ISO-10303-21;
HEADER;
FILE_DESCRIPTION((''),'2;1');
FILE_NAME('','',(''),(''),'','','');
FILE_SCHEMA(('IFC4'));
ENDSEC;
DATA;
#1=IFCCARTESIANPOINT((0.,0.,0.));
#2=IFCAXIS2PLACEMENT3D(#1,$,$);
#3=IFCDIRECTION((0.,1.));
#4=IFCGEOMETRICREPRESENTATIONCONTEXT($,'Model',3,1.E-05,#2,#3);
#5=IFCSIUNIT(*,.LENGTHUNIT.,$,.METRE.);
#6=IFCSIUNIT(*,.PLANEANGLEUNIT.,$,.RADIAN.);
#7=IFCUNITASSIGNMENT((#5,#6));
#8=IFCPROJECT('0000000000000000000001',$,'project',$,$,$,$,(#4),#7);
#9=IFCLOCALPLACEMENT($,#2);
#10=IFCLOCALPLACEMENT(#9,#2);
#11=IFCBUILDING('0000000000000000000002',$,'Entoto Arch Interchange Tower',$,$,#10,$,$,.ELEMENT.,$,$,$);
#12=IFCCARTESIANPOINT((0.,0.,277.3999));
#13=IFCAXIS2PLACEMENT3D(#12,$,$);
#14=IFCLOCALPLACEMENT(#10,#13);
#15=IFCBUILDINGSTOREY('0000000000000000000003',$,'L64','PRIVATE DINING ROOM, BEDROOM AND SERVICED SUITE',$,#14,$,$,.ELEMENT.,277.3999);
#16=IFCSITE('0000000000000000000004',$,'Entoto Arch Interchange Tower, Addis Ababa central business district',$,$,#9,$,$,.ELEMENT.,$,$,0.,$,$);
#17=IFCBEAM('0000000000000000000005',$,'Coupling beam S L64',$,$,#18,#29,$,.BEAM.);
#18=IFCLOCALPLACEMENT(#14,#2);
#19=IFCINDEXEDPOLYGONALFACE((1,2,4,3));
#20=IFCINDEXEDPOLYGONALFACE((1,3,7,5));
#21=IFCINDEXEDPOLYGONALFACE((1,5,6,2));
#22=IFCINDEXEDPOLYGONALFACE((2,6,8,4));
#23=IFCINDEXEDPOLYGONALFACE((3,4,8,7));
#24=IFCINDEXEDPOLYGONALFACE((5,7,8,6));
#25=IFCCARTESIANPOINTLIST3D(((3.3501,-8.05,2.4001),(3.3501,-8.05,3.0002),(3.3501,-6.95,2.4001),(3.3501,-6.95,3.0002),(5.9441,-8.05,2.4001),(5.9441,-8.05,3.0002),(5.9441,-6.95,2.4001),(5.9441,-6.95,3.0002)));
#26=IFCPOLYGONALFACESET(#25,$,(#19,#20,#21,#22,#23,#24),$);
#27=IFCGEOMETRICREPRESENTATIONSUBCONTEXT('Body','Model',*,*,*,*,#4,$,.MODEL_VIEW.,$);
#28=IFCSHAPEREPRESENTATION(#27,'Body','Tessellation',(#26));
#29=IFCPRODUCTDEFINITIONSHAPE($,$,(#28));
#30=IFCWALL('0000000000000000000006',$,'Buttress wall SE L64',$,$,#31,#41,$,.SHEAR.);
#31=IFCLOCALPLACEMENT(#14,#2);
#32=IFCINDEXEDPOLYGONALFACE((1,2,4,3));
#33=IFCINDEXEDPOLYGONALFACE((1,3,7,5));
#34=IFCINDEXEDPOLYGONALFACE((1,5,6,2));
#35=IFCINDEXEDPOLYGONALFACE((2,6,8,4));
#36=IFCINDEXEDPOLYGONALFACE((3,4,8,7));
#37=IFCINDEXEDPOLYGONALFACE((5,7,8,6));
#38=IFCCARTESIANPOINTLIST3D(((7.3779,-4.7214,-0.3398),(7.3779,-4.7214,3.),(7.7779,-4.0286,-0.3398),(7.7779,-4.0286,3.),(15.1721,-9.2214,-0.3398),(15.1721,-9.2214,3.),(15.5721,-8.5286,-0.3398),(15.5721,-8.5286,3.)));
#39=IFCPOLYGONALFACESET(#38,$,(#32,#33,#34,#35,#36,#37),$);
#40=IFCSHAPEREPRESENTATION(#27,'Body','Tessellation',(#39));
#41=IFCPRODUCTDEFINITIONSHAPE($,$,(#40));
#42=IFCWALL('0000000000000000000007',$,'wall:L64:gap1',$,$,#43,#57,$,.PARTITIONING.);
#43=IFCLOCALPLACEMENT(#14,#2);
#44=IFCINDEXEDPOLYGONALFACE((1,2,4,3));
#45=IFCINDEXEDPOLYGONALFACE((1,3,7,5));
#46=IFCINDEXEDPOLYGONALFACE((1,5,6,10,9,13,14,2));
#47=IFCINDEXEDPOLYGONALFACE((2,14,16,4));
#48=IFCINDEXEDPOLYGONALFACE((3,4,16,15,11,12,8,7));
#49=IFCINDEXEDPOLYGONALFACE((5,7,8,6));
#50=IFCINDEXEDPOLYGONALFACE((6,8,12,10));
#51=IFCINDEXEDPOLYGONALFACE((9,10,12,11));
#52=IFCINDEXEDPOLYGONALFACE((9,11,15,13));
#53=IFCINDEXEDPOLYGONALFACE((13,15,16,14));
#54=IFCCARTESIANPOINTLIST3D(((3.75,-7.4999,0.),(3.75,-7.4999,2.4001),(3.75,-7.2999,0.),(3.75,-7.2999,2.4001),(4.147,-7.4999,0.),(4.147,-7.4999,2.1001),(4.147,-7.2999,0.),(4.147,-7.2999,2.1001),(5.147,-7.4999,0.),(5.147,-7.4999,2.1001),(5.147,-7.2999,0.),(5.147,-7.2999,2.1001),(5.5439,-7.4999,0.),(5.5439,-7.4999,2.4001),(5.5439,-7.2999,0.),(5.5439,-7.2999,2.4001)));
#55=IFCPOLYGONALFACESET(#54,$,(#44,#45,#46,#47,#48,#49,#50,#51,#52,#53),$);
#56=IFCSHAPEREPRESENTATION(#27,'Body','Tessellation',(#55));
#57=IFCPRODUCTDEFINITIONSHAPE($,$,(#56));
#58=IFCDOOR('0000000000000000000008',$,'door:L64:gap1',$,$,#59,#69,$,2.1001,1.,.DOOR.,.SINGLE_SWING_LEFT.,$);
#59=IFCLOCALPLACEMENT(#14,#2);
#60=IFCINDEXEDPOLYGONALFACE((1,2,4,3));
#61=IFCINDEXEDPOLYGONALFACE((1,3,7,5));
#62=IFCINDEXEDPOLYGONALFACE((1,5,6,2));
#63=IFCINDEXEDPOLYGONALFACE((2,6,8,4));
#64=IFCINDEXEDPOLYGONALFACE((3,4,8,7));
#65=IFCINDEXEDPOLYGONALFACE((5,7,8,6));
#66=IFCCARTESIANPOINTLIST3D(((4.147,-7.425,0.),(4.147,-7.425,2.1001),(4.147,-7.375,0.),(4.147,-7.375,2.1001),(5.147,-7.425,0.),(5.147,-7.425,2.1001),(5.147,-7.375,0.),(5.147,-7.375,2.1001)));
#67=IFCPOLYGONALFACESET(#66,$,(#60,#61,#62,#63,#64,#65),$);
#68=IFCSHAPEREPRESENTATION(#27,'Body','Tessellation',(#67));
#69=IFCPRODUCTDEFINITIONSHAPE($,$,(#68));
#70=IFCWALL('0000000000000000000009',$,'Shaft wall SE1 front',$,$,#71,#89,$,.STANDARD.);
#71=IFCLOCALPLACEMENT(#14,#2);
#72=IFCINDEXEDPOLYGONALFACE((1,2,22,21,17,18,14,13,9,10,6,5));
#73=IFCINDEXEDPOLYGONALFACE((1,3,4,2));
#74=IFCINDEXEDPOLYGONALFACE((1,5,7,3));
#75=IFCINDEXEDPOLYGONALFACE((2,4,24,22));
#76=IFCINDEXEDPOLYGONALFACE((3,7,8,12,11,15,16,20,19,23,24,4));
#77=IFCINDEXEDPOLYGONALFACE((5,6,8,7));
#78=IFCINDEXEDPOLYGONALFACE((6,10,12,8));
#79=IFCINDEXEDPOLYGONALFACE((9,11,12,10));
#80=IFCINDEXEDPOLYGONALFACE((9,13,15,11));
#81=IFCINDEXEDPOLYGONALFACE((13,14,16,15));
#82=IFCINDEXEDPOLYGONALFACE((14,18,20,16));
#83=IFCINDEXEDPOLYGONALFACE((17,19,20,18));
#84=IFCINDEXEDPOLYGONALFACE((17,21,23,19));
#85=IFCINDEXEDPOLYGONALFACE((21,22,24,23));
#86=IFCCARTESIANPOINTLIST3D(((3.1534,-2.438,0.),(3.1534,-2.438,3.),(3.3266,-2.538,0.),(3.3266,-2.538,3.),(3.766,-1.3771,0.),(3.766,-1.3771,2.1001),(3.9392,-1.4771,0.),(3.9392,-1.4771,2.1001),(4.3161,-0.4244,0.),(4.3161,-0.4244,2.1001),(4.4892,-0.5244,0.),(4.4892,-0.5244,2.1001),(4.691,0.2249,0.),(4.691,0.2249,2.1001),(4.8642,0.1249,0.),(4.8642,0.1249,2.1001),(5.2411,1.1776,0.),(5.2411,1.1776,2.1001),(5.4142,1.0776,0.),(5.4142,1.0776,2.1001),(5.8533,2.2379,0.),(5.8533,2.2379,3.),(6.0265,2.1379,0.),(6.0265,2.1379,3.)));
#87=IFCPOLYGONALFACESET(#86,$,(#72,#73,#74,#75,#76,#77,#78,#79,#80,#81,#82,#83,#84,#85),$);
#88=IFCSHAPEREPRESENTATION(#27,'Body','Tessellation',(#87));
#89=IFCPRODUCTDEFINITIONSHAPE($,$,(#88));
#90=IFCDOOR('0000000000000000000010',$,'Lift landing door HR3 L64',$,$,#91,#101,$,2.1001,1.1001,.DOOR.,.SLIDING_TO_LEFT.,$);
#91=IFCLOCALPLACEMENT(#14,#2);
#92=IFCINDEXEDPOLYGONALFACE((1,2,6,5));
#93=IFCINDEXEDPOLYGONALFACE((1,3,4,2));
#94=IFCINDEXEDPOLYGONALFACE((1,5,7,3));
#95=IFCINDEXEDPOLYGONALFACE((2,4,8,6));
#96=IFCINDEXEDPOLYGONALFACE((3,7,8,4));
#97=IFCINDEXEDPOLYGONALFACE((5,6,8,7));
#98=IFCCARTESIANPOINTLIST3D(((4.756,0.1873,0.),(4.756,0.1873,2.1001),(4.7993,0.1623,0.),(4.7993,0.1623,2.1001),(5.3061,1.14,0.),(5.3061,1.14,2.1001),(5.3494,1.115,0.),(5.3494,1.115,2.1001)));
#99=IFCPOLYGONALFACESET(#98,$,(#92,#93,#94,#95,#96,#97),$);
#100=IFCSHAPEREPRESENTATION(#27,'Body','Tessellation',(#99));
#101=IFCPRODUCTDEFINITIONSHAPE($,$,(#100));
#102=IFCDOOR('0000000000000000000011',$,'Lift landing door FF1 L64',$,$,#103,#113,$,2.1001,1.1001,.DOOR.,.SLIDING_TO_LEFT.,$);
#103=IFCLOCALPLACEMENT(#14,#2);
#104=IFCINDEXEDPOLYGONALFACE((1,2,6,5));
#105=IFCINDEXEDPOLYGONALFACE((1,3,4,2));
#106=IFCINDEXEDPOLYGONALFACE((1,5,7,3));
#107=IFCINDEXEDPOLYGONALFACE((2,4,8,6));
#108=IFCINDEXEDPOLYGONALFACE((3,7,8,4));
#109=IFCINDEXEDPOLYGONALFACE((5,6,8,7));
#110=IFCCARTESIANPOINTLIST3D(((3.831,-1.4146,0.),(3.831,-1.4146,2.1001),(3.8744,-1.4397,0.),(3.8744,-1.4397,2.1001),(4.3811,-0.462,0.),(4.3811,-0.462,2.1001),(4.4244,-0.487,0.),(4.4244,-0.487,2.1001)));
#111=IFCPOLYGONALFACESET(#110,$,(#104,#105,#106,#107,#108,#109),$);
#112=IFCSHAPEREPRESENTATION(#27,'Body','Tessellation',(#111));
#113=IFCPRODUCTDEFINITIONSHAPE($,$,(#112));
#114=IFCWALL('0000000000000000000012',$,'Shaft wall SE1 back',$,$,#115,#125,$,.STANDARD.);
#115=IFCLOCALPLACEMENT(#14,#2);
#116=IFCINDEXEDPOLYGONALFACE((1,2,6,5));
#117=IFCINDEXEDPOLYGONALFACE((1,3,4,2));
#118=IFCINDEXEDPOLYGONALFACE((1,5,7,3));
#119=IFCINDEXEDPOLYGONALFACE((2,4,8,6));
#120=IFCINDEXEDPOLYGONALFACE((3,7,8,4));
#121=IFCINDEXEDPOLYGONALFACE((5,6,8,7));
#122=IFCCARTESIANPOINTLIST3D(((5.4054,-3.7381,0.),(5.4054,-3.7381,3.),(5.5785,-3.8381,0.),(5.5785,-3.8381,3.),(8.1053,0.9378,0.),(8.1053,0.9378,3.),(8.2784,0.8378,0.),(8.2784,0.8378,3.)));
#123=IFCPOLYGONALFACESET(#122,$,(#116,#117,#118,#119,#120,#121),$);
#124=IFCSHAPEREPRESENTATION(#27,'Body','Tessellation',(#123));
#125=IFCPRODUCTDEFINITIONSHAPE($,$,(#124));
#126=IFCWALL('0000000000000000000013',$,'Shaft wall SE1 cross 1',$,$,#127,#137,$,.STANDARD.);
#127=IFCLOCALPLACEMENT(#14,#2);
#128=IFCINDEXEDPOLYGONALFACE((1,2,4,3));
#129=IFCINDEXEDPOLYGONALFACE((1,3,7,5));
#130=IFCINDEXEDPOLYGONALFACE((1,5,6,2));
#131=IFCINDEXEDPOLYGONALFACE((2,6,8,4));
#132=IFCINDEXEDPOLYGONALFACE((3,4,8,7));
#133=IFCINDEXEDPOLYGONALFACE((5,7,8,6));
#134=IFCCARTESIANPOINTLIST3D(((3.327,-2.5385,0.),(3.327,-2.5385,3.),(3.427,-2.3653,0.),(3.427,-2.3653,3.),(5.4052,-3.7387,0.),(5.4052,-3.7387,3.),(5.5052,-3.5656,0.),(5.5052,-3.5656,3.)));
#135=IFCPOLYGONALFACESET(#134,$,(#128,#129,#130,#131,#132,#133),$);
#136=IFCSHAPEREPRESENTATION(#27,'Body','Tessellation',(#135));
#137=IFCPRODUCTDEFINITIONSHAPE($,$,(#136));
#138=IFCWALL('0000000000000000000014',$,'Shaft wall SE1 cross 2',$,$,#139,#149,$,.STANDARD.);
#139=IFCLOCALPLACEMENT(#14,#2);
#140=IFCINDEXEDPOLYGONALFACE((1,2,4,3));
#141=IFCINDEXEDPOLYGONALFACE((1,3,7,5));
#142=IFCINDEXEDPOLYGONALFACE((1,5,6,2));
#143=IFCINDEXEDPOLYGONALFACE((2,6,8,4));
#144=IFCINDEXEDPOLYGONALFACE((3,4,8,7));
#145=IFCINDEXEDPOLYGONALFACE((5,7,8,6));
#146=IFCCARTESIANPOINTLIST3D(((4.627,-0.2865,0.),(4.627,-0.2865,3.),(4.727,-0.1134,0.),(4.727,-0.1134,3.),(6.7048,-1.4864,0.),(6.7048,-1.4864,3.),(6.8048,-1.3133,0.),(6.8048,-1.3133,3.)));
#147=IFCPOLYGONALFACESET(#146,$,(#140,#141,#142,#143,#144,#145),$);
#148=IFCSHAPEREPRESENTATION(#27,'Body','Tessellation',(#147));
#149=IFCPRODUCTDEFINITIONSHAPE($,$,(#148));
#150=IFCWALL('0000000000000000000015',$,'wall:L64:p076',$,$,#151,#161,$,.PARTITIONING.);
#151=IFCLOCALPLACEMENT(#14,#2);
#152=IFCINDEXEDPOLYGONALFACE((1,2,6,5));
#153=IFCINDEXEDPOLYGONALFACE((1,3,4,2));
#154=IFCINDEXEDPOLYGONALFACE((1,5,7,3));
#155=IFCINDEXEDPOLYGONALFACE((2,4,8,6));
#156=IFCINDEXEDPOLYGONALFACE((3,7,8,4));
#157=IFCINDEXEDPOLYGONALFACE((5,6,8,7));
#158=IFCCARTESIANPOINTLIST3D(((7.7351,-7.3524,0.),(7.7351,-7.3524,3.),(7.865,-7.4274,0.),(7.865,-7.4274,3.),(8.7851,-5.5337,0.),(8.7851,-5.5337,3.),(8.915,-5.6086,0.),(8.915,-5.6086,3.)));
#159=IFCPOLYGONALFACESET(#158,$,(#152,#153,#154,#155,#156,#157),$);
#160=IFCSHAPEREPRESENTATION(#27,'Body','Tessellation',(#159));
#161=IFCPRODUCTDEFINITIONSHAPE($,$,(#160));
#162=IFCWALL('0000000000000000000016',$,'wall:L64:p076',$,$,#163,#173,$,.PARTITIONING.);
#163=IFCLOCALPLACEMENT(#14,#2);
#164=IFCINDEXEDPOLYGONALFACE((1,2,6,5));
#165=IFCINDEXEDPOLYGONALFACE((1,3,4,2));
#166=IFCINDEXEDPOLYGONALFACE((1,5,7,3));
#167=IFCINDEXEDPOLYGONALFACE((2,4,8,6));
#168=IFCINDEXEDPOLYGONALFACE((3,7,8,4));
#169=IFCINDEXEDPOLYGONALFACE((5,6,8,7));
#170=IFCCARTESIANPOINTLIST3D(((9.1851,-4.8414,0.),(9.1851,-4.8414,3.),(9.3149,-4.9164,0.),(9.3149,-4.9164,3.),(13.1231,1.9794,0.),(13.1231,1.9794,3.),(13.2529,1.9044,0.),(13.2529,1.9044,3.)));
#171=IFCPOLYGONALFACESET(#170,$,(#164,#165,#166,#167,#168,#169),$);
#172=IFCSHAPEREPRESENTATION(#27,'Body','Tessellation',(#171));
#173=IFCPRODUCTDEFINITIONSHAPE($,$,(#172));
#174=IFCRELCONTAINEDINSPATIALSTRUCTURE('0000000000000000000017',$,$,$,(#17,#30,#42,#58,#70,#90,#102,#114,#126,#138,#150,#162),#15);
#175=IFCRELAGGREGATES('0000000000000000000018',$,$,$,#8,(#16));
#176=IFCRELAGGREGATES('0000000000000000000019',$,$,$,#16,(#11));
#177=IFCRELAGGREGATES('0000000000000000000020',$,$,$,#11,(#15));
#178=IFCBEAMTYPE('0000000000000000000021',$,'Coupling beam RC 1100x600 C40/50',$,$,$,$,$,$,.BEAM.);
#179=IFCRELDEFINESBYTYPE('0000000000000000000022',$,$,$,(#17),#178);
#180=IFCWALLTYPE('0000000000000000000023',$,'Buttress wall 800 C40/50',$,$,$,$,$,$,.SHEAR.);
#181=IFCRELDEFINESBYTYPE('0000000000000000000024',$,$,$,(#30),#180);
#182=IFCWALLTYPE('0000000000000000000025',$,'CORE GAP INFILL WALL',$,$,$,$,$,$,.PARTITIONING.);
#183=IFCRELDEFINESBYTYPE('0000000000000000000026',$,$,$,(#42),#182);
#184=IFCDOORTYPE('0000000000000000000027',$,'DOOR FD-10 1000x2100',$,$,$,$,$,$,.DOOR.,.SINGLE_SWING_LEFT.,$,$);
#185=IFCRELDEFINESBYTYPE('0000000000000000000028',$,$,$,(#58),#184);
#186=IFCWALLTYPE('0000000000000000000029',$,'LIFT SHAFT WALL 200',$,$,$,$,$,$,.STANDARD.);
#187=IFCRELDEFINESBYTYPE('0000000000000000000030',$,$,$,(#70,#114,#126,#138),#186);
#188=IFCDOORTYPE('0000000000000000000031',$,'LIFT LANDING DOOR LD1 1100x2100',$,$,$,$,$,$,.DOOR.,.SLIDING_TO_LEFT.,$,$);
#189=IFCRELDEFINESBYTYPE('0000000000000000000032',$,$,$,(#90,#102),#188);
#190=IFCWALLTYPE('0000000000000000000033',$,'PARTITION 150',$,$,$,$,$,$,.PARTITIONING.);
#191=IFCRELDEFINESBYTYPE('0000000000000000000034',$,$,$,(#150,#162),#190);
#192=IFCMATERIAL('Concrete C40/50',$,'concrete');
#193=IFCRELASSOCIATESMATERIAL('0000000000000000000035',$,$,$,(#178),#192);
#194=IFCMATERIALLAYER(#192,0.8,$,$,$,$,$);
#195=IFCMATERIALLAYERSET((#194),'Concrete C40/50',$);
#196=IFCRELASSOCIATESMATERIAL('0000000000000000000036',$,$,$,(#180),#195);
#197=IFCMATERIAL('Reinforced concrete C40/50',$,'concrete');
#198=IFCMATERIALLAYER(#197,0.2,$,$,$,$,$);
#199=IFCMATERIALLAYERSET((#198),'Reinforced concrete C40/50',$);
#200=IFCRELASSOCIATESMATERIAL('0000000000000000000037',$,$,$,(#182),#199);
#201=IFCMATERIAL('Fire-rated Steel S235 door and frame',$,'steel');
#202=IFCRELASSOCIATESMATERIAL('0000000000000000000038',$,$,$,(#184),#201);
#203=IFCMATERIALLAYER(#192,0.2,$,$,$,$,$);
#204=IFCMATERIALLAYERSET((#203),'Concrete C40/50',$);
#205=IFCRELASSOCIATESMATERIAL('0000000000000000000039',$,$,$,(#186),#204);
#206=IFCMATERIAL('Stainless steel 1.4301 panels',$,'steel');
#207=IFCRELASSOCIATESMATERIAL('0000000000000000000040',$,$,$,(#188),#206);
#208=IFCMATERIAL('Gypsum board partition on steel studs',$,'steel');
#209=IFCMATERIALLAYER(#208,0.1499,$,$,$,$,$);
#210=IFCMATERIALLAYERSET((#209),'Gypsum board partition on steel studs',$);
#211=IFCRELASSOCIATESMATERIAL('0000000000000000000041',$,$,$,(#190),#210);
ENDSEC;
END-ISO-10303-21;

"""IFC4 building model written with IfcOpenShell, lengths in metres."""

from ifc_helpers import new_model, si_unit, direction, frame, frame_2d, origin, origin_2d, place, context, subcontext, project, spatial, rectangle, extrude, material, layer, layer_set, material_profile, profile_set, type_object, element, fill, save


model = new_model("IFC4")

# Units and contexts
model_context = context("Model", 3, precision=1e-05, world=origin(), true_north=direction((0.0, 1.0)))
body_context = subcontext(model_context, "Body", "Model", "MODEL_VIEW")
ifc_project = project(units=[si_unit("LENGTHUNIT", "METRE"), si_unit("PLANEANGLEUNIT", "RADIAN")], contexts=[model_context])

# Site, building, storey
site_placement = place(None, origin())
site = spatial("IfcSite", under=ifc_project, at=site_placement, Name="Entoto Arch Interchange Tower, Addis Ababa central business district", CompositionType="ELEMENT", RefElevation=0.0)
building_placement = place(site_placement, origin())
building = spatial("IfcBuilding", under=site, at=building_placement, Name="Entoto Arch Interchange Tower", CompositionType="ELEMENT")
storey_placement = place(building_placement, frame((0.0, 0.0, 277.3999)))
storey = spatial("IfcBuildingStorey", under=building, at=storey_placement, Name="L64", Description="PRIVATE DINING ROOM, BEDROOM AND SERVICED SUITE", CompositionType="ELEMENT", Elevation=277.3999)

# Beam
ifc_material_1 = material(Name="Concrete C40/50", Category="concrete")
ifc_material_profile = material_profile(ifc_material_1, rectangle(XDim=1.1001, YDim=0.6001, at=origin_2d()))
ifc_profile_set = profile_set([ifc_material_profile], Name="Concrete C40/50")
beam_type = type_object("IfcBeamType", Name="Coupling beam RC 1100x600 C40/50", PredefinedType="BEAM", material=ifc_profile_set)
beam_placement = place(storey_placement, frame((3.3501, -7.5, 2.7002), z_axis=(1.0, 0.0, 0.0), x_axis=(0.0, 1.0, 0.0)))
element("IfcBeam", 1, at=beam_placement, inside=storey, type_object=beam_type, Name="Coupling beam S L64", PredefinedType="BEAM", context=body_context, shape_type="SweptSolid", body=[
    extrude(rectangle(XDim=1.1001, YDim=0.6001, at=origin_2d()), origin(), (0.0, 0.0, 1.0), 2.594),
])

# Wall
ifc_layer_1 = layer(ifc_material_1, 0.8)
ifc_layer_set_1 = layer_set([ifc_layer_1], Name="Concrete C40/50")
wall_type_1 = type_object("IfcWallType", Name="Buttress wall 800 C40/50", PredefinedType="SHEAR", material=ifc_layer_set_1)
wall_1_placement = place(storey_placement, frame((7.5779, -4.375, -0.3398), z_axis=(0.0, 0.0, 1.0), x_axis=(0.866024, -0.500002, 0.0)))
element("IfcWall", 2, at=wall_1_placement, inside=storey, type_object=wall_type_1, Name="Buttress wall SE L64", PredefinedType="SHEAR", context=body_context, shape_type="SweptSolid", body=[
    extrude(rectangle(XDim=9.0, YDim=0.8, at=frame_2d((4.5, 0.0))), origin(), (0.0, 0.0, 1.0), 3.3398),
])

# Wall, opening, door
ifc_material_2 = material(Name="Reinforced concrete C40/50", Category="concrete")
ifc_layer_2 = layer(ifc_material_2, 0.2)
ifc_layer_set_2 = layer_set([ifc_layer_2], Name="Reinforced concrete C40/50")
wall_type_2 = type_object("IfcWallType", Name="CORE GAP INFILL WALL", PredefinedType="PARTITIONING", material=ifc_layer_set_2)
wall_2_placement = place(storey_placement, frame((3.75, -7.3999, 0.0), z_axis=(0.0, 0.0, 1.0), x_axis=(1.0, 0.0, 0.0)))
wall_2 = element("IfcWall", 3, at=wall_2_placement, inside=storey, type_object=wall_type_2, Name="wall:L64:gap1", PredefinedType="PARTITIONING", context=body_context, shape_type="SweptSolid", body=[
    extrude(rectangle(XDim=1.7939, YDim=0.2, at=frame_2d((0.897, 0.0))), origin(), (0.0, 0.0, 1.0), 2.4001),
])
opening_1_placement = place(wall_2_placement, frame((0.397, 0.0, 0.0)))
opening_1 = element("IfcOpeningElement", 4, at=opening_1_placement, cuts=wall_2, PredefinedType="OPENING", context=body_context, shape_type="SweptSolid", body=[
    extrude(rectangle(XDim=1.0, YDim=2.1001, at=frame_2d((0.5, 1.05))), frame((0.0, 0.1099, 0.0), z_axis=(0.0, -1.0, 0.0), x_axis=(1.0, 0.0, 0.0)), (0.0, 0.0, 1.0), 0.22),
])
ifc_material_3 = material(Name="Fire-rated Steel S235 door and frame", Category="steel")
door_type_1 = type_object("IfcDoorType", Name="DOOR FD-10 1000x2100", OperationType="SINGLE_SWING_LEFT", PredefinedType="DOOR", material=ifc_material_3)
door_1_placement = place(opening_1_placement, origin())
door_1 = element("IfcDoor", 5, at=door_1_placement, inside=storey, type_object=door_type_1, Name="door:L64:gap1", OperationType="SINGLE_SWING_LEFT", OverallHeight=2.1001, OverallWidth=1.0, PredefinedType="DOOR", context=body_context, shape_type="SweptSolid", body=[
    extrude(rectangle(XDim=1.0, YDim=2.1001, at=frame_2d((0.5, 1.05))), frame((0.0, 0.0249, 0.0), z_axis=(0.0, -1.0, 0.0), x_axis=(1.0, 0.0, 0.0)), (0.0, 0.0, 1.0), 0.05),
])
fill(opening_1, door_1)

# Wall, openings, doors
ifc_layer_3 = layer(ifc_material_1, 0.2)
ifc_layer_set_3 = layer_set([ifc_layer_3], Name="Concrete C40/50")
wall_type_3 = type_object("IfcWallType", Name="LIFT SHAFT WALL 200", PredefinedType="STANDARD", material=ifc_layer_set_3)
wall_3_placement = place(storey_placement, frame((3.24, -2.488, 0.0), z_axis=(0.0, 0.0, 1.0), x_axis=(0.500034, 0.866006, 0.0)))
wall_3 = element("IfcWall", 6, at=wall_3_placement, inside=storey, type_object=wall_type_3, Name="Shaft wall SE1 front", PredefinedType="STANDARD", context=body_context, shape_type="SweptSolid", body=[
    extrude(rectangle(XDim=5.3994, YDim=0.2, at=frame_2d((2.6997, 0.0))), origin(), (0.0, 0.0, 1.0), 3.0),
])
opening_2_placement = place(wall_3_placement, frame((3.075, 0.0, 0.0)))
opening_2 = element("IfcOpeningElement", 7, at=opening_2_placement, cuts=wall_3, PredefinedType="OPENING", context=body_context, shape_type="SweptSolid", body=[
    extrude(rectangle(XDim=1.1001, YDim=2.1001, at=frame_2d((0.55, 1.05))), frame((0.0, 0.1099, 0.0), z_axis=(0.0, -1.0, 0.0), x_axis=(1.0, 0.0, 0.0)), (0.0, 0.0, 1.0), 0.22),
])
opening_3_placement = place(wall_3_placement, frame((1.2251, 0.0, 0.0)))
opening_3 = element("IfcOpeningElement", 8, at=opening_3_placement, cuts=wall_3, PredefinedType="OPENING", context=body_context, shape_type="SweptSolid", body=[
    extrude(rectangle(XDim=1.1001, YDim=2.1001, at=frame_2d((0.55, 1.05))), frame((0.0, 0.1099, 0.0), z_axis=(0.0, -1.0, 0.0), x_axis=(1.0, 0.0, 0.0)), (0.0, 0.0, 1.0), 0.22),
])
ifc_material_4 = material(Name="Stainless steel 1.4301 panels", Category="steel")
door_type_2 = type_object("IfcDoorType", Name="LIFT LANDING DOOR LD1 1100x2100", OperationType="SLIDING_TO_LEFT", PredefinedType="DOOR", material=ifc_material_4)
door_2_placement = place(opening_2_placement, origin())
door_2 = element("IfcDoor", 9, at=door_2_placement, inside=storey, type_object=door_type_2, Name="Lift landing door HR3 L64", OperationType="SLIDING_TO_LEFT", OverallHeight=2.1001, OverallWidth=1.1001, PredefinedType="DOOR", context=body_context, shape_type="SweptSolid", body=[
    extrude(rectangle(XDim=1.1001, YDim=2.1001, at=frame_2d((0.55, 1.05))), frame((0.0, 0.0249, 0.0), z_axis=(0.0, -1.0, 0.0), x_axis=(1.0, 0.0, 0.0)), (0.0, 0.0, 1.0), 0.05),
])
fill(opening_2, door_2)
door_3_placement = place(opening_3_placement, origin())
door_3 = element("IfcDoor", 10, at=door_3_placement, inside=storey, type_object=door_type_2, Name="Lift landing door FF1 L64", OperationType="SLIDING_TO_LEFT", OverallHeight=2.1001, OverallWidth=1.1001, PredefinedType="DOOR", context=body_context, shape_type="SweptSolid", body=[
    extrude(rectangle(XDim=1.1001, YDim=2.1001, at=frame_2d((0.55, 1.05))), frame((0.0, 0.0249, 0.0), z_axis=(0.0, -1.0, 0.0), x_axis=(1.0, 0.0, 0.0)), (0.0, 0.0, 1.0), 0.05),
])
fill(opening_3, door_3)

# Walls
wall_4_placement = place(storey_placement, frame((5.4919, -3.7881, 0.0), z_axis=(0.0, 0.0, 1.0), x_axis=(0.500034, 0.866006, 0.0)))
element("IfcWall", 11, at=wall_4_placement, inside=storey, type_object=wall_type_3, Name="Shaft wall SE1 back", PredefinedType="STANDARD", context=body_context, shape_type="SweptSolid", body=[
    extrude(rectangle(XDim=5.3994, YDim=0.2, at=frame_2d((2.6997, 0.0))), origin(), (0.0, 0.0, 1.0), 3.0),
])
wall_5_placement = place(storey_placement, frame((3.377, -2.4519, 0.0), z_axis=(0.0, 0.0, 1.0), x_axis=(0.865955, -0.500122, 0.0)))
element("IfcWall", 12, at=wall_5_placement, inside=storey, type_object=wall_type_3, Name="Shaft wall SE1 cross 1", PredefinedType="STANDARD", context=body_context, shape_type="SweptSolid", body=[
    extrude(rectangle(XDim=2.3999, YDim=0.2, at=frame_2d((1.2, 0.0))), origin(), (0.0, 0.0, 1.0), 3.0),
])
wall_6_placement = place(storey_placement, frame((4.677, -0.2, 0.0), z_axis=(0.0, 0.0, 1.0), x_axis=(0.865974, -0.500089, 0.0)))
element("IfcWall", 13, at=wall_6_placement, inside=storey, type_object=wall_type_3, Name="Shaft wall SE1 cross 2", PredefinedType="STANDARD", context=body_context, shape_type="SweptSolid", body=[
    extrude(rectangle(XDim=2.3994, YDim=0.2, at=frame_2d((1.1997, 0.0))), origin(), (0.0, 0.0, 1.0), 3.0),
])
ifc_material_5 = material(Name="Gypsum board partition on steel studs", Category="steel")
ifc_layer_4 = layer(ifc_material_5, 0.1499)
ifc_layer_set_4 = layer_set([ifc_layer_4], Name="Gypsum board partition on steel studs")
wall_type_4 = type_object("IfcWallType", Name="PARTITION 150", PredefinedType="PARTITIONING", material=ifc_layer_set_4)
wall_7_placement = place(storey_placement, frame((7.8, -7.3899, 0.0), z_axis=(0.0, 0.0, 1.0), x_axis=(0.499977, 0.866038, 0.0)))
element("IfcWall", 14, at=wall_7_placement, inside=storey, type_object=wall_type_4, Name="wall:L64:p076", PredefinedType="PARTITIONING", context=body_context, shape_type="SweptSolid", body=[
    extrude(rectangle(XDim=2.1001, YDim=0.1499, at=frame_2d((1.05, 0.0))), origin(), (0.0, 0.0, 1.0), 3.0),
])
wall_8_placement = place(storey_placement, frame((9.25, -4.8789, 0.0), z_axis=(0.0, 0.0, 1.0), x_axis=(0.5, 0.866026, 0.0)))
element("IfcWall", 15, at=wall_8_placement, inside=storey, type_object=wall_type_4, Name="wall:L64:p076", PredefinedType="PARTITIONING", context=body_context, shape_type="SweptSolid", body=[
    extrude(rectangle(XDim=7.876, YDim=0.1499, at=frame_2d((3.938, 0.0))), origin(), (0.0, 0.0, 1.0), 3.0),
])

save(model, "model.ifc")
